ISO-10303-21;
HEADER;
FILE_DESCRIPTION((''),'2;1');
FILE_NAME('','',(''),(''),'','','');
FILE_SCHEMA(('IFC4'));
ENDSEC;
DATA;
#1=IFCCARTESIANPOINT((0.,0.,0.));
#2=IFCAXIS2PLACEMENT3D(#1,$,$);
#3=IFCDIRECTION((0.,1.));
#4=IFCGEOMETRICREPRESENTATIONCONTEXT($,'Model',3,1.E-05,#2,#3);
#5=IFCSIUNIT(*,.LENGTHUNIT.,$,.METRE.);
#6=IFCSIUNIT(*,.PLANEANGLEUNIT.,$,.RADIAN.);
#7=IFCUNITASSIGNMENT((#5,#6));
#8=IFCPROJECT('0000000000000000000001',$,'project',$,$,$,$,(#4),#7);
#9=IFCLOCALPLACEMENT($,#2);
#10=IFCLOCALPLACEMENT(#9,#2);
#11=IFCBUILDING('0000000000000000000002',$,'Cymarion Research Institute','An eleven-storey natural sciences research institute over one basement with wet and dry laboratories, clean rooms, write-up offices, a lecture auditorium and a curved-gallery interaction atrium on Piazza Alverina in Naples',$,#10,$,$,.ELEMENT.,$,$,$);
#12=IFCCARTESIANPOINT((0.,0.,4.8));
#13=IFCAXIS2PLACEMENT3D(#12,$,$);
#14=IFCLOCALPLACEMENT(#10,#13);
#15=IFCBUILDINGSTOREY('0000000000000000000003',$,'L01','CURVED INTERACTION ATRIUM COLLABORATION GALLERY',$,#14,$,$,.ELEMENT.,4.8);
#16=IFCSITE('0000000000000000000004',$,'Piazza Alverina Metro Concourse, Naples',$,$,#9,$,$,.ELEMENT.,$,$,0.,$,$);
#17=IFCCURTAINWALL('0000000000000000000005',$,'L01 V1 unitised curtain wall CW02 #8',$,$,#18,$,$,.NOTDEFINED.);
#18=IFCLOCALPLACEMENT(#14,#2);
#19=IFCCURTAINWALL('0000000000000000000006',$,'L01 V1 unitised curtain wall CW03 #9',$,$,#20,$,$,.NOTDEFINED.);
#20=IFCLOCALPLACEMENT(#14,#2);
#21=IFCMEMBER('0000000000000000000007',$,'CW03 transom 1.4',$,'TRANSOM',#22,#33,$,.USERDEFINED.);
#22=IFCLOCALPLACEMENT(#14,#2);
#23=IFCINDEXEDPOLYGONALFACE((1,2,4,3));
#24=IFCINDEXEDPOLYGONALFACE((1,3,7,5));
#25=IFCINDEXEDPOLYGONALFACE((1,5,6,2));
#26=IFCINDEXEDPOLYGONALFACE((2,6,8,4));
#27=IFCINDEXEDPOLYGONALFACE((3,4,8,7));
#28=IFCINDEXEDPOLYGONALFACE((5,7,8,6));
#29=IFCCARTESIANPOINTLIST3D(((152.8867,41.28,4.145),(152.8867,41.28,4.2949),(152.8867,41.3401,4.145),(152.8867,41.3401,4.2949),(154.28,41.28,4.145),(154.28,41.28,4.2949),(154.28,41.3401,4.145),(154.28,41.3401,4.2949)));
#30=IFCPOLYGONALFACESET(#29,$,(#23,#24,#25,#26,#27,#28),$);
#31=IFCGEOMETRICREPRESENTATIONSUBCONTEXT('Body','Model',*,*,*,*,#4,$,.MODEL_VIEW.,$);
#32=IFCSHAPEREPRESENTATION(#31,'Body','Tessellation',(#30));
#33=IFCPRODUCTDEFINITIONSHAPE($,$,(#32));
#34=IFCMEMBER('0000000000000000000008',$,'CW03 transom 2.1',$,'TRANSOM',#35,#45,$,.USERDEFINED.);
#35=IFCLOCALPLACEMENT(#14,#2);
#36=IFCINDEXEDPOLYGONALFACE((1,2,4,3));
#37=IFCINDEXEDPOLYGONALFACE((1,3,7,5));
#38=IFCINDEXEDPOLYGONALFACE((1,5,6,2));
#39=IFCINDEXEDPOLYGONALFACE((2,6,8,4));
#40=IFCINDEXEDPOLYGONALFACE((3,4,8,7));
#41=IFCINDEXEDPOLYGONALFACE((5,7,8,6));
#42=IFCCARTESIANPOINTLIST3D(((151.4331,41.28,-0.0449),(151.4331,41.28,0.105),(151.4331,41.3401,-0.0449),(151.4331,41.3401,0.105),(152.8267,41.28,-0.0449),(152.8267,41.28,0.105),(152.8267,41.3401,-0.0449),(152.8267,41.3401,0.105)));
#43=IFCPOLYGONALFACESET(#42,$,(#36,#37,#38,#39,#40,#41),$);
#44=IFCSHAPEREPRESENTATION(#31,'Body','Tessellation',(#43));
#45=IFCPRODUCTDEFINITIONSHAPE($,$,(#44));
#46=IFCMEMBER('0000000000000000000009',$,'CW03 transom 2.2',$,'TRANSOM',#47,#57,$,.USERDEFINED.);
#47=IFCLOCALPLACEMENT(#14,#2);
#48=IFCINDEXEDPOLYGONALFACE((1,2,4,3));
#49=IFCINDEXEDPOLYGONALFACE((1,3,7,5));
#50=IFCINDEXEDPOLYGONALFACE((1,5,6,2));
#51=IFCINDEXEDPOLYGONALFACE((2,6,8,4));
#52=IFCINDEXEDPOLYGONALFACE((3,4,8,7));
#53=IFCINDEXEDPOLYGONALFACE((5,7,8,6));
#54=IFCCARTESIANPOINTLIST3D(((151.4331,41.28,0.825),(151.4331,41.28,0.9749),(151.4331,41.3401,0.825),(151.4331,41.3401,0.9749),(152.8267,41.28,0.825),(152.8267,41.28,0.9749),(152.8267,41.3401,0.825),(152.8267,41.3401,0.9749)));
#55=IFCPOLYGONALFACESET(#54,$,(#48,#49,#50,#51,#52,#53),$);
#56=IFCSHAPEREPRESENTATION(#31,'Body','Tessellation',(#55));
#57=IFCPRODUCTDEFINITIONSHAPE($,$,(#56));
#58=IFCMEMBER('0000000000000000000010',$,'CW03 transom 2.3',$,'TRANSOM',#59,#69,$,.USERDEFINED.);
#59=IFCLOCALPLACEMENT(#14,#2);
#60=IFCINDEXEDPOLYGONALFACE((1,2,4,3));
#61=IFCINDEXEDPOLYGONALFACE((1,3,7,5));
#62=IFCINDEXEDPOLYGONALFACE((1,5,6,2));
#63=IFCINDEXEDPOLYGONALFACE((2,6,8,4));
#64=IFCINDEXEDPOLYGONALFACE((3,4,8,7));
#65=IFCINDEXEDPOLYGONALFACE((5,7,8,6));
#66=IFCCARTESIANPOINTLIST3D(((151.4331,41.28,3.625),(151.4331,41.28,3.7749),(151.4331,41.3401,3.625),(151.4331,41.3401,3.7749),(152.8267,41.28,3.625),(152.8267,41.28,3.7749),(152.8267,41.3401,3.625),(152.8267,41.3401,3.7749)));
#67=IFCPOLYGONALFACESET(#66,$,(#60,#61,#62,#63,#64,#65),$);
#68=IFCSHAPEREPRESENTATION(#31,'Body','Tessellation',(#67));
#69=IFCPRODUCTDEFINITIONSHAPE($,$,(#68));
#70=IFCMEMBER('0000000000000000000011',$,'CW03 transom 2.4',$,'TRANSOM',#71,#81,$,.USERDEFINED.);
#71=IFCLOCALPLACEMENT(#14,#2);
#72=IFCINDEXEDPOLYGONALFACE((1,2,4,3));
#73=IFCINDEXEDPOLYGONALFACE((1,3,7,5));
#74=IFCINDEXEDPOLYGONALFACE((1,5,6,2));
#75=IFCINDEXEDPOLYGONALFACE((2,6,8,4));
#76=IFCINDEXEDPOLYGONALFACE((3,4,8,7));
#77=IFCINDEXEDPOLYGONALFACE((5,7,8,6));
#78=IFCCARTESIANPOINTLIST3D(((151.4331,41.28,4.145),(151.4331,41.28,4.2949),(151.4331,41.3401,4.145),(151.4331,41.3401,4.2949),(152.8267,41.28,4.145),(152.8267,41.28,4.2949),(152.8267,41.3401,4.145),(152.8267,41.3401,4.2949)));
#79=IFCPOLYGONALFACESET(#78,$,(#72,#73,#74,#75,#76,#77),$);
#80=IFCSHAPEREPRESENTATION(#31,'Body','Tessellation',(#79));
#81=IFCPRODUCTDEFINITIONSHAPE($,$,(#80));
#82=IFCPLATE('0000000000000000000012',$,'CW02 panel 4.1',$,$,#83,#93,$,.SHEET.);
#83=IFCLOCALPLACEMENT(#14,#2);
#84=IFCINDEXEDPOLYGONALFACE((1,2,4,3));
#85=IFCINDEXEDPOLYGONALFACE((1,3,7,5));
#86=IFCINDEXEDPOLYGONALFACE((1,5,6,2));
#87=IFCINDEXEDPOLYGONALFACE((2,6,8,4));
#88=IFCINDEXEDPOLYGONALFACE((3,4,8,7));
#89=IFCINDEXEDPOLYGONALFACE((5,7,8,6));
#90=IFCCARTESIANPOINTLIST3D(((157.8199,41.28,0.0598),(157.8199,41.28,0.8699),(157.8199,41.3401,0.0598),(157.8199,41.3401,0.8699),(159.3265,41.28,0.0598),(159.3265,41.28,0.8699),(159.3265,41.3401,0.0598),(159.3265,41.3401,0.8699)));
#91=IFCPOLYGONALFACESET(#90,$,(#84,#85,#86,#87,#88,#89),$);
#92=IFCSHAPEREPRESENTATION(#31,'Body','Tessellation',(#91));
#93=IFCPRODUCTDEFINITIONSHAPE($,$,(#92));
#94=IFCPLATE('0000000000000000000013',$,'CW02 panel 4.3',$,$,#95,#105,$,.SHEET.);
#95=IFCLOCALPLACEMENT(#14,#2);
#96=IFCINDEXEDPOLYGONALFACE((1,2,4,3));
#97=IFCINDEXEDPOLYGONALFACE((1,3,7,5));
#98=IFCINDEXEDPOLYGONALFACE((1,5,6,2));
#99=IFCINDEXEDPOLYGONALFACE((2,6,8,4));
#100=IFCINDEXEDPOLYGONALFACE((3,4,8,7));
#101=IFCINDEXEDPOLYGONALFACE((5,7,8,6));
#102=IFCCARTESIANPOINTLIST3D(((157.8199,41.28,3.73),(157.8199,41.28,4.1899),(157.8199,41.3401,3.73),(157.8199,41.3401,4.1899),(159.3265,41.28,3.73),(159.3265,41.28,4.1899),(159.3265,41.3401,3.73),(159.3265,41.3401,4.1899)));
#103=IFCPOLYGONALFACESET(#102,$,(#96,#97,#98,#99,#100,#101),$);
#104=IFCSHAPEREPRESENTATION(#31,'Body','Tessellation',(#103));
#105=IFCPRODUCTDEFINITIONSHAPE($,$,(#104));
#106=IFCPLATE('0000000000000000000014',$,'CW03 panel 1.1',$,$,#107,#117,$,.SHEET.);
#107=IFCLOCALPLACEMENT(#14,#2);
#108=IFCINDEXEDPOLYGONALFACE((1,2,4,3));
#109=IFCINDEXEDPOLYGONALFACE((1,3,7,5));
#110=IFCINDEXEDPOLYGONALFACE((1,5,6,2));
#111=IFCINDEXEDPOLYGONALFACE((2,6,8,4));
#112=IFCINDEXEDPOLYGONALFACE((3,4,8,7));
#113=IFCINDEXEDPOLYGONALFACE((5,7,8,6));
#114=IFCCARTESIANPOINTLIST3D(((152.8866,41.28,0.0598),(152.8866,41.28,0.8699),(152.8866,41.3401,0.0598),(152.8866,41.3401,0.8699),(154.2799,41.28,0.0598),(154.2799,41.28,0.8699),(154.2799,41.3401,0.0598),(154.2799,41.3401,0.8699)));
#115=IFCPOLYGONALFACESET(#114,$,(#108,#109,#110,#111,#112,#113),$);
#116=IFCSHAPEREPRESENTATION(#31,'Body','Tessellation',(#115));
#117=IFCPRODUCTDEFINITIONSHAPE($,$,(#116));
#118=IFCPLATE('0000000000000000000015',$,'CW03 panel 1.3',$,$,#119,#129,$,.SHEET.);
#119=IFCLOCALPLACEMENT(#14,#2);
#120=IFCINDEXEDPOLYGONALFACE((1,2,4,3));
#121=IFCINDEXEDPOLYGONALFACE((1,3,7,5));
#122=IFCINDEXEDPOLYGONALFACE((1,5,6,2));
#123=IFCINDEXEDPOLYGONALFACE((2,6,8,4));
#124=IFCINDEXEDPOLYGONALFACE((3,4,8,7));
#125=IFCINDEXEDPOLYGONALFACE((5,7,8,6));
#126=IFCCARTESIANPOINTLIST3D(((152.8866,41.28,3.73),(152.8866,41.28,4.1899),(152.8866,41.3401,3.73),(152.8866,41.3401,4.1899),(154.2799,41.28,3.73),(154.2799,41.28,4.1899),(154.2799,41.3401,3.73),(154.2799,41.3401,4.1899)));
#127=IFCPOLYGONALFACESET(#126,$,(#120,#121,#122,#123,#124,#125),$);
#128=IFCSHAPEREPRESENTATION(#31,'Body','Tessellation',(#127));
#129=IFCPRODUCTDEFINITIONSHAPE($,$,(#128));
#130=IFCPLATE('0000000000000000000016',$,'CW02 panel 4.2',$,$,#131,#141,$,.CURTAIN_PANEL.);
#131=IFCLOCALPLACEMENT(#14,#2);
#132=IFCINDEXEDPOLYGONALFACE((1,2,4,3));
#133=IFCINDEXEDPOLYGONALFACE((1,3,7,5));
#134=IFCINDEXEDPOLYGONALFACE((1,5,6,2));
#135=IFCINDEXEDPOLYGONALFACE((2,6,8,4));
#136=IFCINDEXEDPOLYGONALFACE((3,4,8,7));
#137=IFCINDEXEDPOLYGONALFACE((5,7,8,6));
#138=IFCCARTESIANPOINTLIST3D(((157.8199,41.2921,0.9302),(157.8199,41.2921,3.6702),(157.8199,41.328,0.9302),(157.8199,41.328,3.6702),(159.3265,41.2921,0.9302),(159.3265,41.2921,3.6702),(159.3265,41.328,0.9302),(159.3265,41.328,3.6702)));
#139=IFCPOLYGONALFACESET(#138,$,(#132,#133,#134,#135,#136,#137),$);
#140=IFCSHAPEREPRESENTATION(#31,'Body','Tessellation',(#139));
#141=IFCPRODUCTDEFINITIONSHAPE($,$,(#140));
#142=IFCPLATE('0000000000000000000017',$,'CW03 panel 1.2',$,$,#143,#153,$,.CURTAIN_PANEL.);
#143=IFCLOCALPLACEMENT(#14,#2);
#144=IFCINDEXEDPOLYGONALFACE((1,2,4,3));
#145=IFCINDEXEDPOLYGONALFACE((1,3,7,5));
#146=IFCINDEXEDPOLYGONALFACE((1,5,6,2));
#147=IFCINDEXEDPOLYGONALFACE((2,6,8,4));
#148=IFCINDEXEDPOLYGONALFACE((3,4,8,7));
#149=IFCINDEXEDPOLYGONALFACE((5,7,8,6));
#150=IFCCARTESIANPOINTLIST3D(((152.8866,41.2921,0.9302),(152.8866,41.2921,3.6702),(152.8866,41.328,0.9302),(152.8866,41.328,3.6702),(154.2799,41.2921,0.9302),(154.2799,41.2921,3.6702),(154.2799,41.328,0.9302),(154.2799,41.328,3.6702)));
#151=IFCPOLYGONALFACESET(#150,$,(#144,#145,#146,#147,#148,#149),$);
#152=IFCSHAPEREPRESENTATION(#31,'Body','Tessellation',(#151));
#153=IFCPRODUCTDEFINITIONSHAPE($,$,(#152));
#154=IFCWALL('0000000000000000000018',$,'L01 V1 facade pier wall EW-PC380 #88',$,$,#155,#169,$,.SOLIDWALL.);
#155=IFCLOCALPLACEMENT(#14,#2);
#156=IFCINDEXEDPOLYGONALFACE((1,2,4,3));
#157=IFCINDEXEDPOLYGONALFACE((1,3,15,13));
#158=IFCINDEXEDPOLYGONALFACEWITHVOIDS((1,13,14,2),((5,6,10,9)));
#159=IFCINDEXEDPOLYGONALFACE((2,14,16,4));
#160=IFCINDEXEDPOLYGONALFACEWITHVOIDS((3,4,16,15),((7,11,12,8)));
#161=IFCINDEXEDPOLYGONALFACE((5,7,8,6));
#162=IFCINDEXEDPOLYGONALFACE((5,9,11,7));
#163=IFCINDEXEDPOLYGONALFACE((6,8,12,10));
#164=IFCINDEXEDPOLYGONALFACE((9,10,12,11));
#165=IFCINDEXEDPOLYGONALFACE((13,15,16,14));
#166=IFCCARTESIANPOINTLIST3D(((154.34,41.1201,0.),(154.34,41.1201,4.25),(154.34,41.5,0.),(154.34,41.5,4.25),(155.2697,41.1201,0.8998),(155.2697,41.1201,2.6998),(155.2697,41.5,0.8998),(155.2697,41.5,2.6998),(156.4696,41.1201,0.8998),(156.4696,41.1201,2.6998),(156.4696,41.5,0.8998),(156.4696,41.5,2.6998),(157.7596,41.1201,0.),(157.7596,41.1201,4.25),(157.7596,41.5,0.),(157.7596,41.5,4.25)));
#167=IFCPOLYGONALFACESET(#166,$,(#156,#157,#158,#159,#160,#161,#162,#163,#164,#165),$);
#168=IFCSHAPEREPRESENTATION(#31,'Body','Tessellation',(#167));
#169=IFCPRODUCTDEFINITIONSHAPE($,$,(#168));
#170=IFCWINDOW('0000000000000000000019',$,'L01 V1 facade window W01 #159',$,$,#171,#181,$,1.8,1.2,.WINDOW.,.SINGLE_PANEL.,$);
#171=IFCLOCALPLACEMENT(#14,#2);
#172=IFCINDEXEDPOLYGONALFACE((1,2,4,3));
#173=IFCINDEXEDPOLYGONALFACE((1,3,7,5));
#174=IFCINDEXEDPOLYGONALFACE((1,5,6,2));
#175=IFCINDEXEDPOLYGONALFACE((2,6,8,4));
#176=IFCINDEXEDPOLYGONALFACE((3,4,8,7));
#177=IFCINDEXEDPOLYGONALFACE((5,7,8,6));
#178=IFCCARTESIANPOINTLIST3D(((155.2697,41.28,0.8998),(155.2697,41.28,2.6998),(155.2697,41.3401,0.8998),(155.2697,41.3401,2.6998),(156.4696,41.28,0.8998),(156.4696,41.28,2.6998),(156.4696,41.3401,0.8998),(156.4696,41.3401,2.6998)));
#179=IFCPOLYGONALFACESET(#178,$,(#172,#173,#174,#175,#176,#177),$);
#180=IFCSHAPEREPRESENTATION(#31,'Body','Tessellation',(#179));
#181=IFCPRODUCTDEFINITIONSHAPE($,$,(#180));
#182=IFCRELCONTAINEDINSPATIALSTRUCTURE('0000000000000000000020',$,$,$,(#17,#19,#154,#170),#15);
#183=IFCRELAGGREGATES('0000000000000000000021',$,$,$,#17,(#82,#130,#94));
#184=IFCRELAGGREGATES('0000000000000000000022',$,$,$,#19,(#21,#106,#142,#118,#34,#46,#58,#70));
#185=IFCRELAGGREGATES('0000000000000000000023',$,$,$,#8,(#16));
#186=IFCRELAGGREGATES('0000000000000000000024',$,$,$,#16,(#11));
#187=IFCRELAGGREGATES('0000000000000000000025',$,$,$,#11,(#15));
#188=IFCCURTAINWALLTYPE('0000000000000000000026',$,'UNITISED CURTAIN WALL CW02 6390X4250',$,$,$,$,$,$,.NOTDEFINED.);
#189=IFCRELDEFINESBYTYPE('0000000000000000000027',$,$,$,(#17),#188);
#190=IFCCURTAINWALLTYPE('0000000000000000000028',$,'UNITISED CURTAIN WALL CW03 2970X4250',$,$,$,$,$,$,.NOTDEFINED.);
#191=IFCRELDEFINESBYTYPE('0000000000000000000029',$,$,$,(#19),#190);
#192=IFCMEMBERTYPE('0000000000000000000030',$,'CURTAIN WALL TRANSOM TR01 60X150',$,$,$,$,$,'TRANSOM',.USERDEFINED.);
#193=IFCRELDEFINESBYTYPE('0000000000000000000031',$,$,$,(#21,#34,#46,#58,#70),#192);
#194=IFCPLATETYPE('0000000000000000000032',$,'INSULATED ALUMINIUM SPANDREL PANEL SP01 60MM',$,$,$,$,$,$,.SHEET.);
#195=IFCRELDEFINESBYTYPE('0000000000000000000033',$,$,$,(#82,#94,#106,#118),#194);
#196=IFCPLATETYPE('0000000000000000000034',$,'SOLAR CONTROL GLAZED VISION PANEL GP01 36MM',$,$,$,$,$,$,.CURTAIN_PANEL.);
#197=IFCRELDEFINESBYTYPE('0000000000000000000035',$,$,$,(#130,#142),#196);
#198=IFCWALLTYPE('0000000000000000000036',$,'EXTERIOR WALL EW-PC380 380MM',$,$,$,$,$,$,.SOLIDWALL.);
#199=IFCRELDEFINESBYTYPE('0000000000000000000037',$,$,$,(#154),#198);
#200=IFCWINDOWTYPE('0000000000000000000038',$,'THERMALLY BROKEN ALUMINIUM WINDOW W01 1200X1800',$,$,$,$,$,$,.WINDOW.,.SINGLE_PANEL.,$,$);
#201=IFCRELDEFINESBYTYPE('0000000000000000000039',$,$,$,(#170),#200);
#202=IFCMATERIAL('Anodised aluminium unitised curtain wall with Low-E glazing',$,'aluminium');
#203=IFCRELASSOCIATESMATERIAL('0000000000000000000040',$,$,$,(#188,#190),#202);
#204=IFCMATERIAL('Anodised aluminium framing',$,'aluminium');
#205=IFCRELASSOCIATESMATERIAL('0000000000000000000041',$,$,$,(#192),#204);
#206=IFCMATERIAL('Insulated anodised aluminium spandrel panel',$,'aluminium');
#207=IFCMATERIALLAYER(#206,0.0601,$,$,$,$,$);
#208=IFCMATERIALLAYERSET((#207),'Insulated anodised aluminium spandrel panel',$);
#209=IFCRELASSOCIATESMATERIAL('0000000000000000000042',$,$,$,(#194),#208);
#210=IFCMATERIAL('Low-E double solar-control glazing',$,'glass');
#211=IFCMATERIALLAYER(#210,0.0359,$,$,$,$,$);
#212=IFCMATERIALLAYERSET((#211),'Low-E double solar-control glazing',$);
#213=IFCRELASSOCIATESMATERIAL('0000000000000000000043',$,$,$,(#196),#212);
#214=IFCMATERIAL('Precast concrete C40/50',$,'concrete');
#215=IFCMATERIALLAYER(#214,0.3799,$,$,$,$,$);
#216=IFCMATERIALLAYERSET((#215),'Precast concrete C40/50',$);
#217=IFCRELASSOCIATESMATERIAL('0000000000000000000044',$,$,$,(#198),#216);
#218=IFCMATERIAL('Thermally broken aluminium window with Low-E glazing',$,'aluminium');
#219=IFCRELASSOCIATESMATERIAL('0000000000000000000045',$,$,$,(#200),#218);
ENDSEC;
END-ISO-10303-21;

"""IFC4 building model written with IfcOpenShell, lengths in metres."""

from ifc_helpers import new_model, si_unit, direction, frame, frame_2d, origin, origin_2d, place, context, subcontext, project, spatial, rectangle, extrude, material, layer, layer_set, material_profile, profile_set, type_object, element, fill, aggregate, save


model = new_model("IFC4")

# Units and contexts
model_context = context("Model", 3, precision=1e-05, world=origin(), true_north=direction((0.0, 1.0)))
body_context = subcontext(model_context, "Body", "Model", "MODEL_VIEW")
ifc_project = project(units=[si_unit("LENGTHUNIT", "METRE"), si_unit("PLANEANGLEUNIT", "RADIAN")], contexts=[model_context])

# Site, building, storey
site_placement = place(None, origin())
site = spatial("IfcSite", under=ifc_project, at=site_placement, Name="Piazza Alverina Metro Concourse, Naples", CompositionType="ELEMENT", RefElevation=0.0)
building_placement = place(site_placement, origin())
building = spatial("IfcBuilding", under=site, at=building_placement, Name="Cymarion Research Institute", Description="An eleven-storey natural sciences research institute over one basement with wet and dry laboratories, clean rooms, write-up offices, a lecture auditorium and a curved-gallery interaction atrium on Piazza Alverina in Naples", CompositionType="ELEMENT")
storey_placement = place(building_placement, frame((0.0, 0.0, 4.8)))
storey = spatial("IfcBuildingStorey", under=building, at=storey_placement, Name="L01", Description="CURVED INTERACTION ATRIUM COLLABORATION GALLERY", CompositionType="ELEMENT", Elevation=4.8)

# Curtain walls
ifc_material_1 = material(Name="Anodised aluminium unitised curtain wall with Low-E glazing", Category="aluminium")
curtain_wall_type_1 = type_object("IfcCurtainWallType", Name="UNITISED CURTAIN WALL CW02 6390X4250", PredefinedType="NOTDEFINED", material=ifc_material_1)
curtain_wall_1_placement = place(storey_placement, origin())
curtain_wall_1 = element("IfcCurtainWall", 1, at=curtain_wall_1_placement, inside=storey, type_object=curtain_wall_type_1, Name="L01 V1 unitised curtain wall CW02 #8", PredefinedType="NOTDEFINED")
ifc_material_2 = material(Name="Anodised aluminium framing", Category="aluminium")
curtain_wall_type_2 = type_object("IfcCurtainWallType", Name="UNITISED CURTAIN WALL CW03 2970X4250", PredefinedType="NOTDEFINED", material=ifc_material_1)
curtain_wall_2_placement = place(storey_placement, origin())
curtain_wall_2 = element("IfcCurtainWall", 2, at=curtain_wall_2_placement, inside=storey, type_object=curtain_wall_type_2, Name="L01 V1 unitised curtain wall CW03 #9", PredefinedType="NOTDEFINED")

# Members
ifc_material_profile_1 = material_profile(ifc_material_2, rectangle(XDim=0.0601, YDim=0.1499, at=origin_2d()), Name="ALU TRANSOM 60x150")
ifc_profile_set_1 = profile_set([ifc_material_profile_1], Name="Anodised aluminium framing")
member_type_1 = type_object("IfcMemberType", Name="CURTAIN WALL TRANSOM TR01 60X150", ElementType="TRANSOM", PredefinedType="USERDEFINED", material=ifc_profile_set_1)
member_1_placement = place(storey_placement, frame((154.28, 41.3101, 4.22), z_axis=(-1.0, 0.0, 0.0), x_axis=(0.0, -1.0, 0.0)))
member_1 = element("IfcMember", 3, at=member_1_placement, type_object=member_type_1, Name="CW03 transom 1.4", ObjectType="TRANSOM", PredefinedType="USERDEFINED", context=body_context, shape_type="SweptSolid", body=[
    extrude(rectangle(XDim=0.0601, YDim=0.1499, at=origin_2d()), origin(), (0.0, 0.0, 1.0), 1.3933),
])
member_2_placement = place(storey_placement, frame((152.8267, 41.3101, 0.03), z_axis=(-1.0, 0.0, 0.0), x_axis=(0.0, -1.0, 0.0)))
member_2 = element("IfcMember", 4, at=member_2_placement, type_object=member_type_1, Name="CW03 transom 2.1", ObjectType="TRANSOM", PredefinedType="USERDEFINED", context=body_context, shape_type="SweptSolid", body=[
    extrude(rectangle(XDim=0.0601, YDim=0.1499, at=origin_2d()), origin(), (0.0, 0.0, 1.0), 1.3936),
])
member_3_placement = place(storey_placement, frame((152.8267, 41.3101, 0.8999), z_axis=(-1.0, 0.0, 0.0), x_axis=(0.0, -1.0, 0.0)))
member_3 = element("IfcMember", 5, at=member_3_placement, type_object=member_type_1, Name="CW03 transom 2.2", ObjectType="TRANSOM", PredefinedType="USERDEFINED", context=body_context, shape_type="SweptSolid", body=[
    extrude(rectangle(XDim=0.0601, YDim=0.1499, at=origin_2d()), origin(), (0.0, 0.0, 1.0), 1.3936),
])
member_4_placement = place(storey_placement, frame((152.8267, 41.3101, 3.7), z_axis=(-1.0, 0.0, 0.0), x_axis=(0.0, -1.0, 0.0)))
member_4 = element("IfcMember", 6, at=member_4_placement, type_object=member_type_1, Name="CW03 transom 2.3", ObjectType="TRANSOM", PredefinedType="USERDEFINED", context=body_context, shape_type="SweptSolid", body=[
    extrude(rectangle(XDim=0.0601, YDim=0.1499, at=origin_2d()), origin(), (0.0, 0.0, 1.0), 1.3936),
])
member_5_placement = place(storey_placement, frame((152.8267, 41.3101, 4.22), z_axis=(-1.0, 0.0, 0.0), x_axis=(0.0, -1.0, 0.0)))
member_5 = element("IfcMember", 7, at=member_5_placement, type_object=member_type_1, Name="CW03 transom 2.4", ObjectType="TRANSOM", PredefinedType="USERDEFINED", context=body_context, shape_type="SweptSolid", body=[
    extrude(rectangle(XDim=0.0601, YDim=0.1499, at=origin_2d()), origin(), (0.0, 0.0, 1.0), 1.3936),
])

# Plates
ifc_material_3 = material(Name="Insulated anodised aluminium spandrel panel", Category="aluminium")
ifc_layer_1 = layer(ifc_material_3, 0.0601)
ifc_layer_set_1 = layer_set([ifc_layer_1], Name="Insulated anodised aluminium spandrel panel")
plate_type_1 = type_object("IfcPlateType", Name="INSULATED ALUMINIUM SPANDREL PANEL SP01 60MM", PredefinedType="SHEET", material=ifc_layer_set_1)
plate_1_placement = place(storey_placement, frame((158.5732, 41.3101, 0.0598), z_axis=(0.0, 0.0, 1.0), x_axis=(-1.0, 0.0, 0.0)))
plate_1 = element("IfcPlate", 8, at=plate_1_placement, type_object=plate_type_1, Name="CW02 panel 4.1", PredefinedType="SHEET", context=body_context, shape_type="SweptSolid", body=[
    extrude(rectangle(XDim=1.5066, YDim=0.0601, at=origin_2d()), origin(), (0.0, 0.0, 1.0), 0.8101),
])
plate_2_placement = place(storey_placement, frame((158.5732, 41.3101, 3.73), z_axis=(0.0, 0.0, 1.0), x_axis=(-1.0, 0.0, 0.0)))
plate_2 = element("IfcPlate", 9, at=plate_2_placement, type_object=plate_type_1, Name="CW02 panel 4.3", PredefinedType="SHEET", context=body_context, shape_type="SweptSolid", body=[
    extrude(rectangle(XDim=1.5066, YDim=0.0601, at=origin_2d()), origin(), (0.0, 0.0, 1.0), 0.46),
])
plate_3_placement = place(storey_placement, frame((153.5833, 41.3101, 0.0598), z_axis=(0.0, 0.0, 1.0), x_axis=(-1.0, 0.0, 0.0)))
plate_3 = element("IfcPlate", 10, at=plate_3_placement, type_object=plate_type_1, Name="CW03 panel 1.1", PredefinedType="SHEET", context=body_context, shape_type="SweptSolid", body=[
    extrude(rectangle(XDim=1.3933, YDim=0.0601, at=origin_2d()), origin(), (0.0, 0.0, 1.0), 0.8101),
])
plate_4_placement = place(storey_placement, frame((153.5833, 41.3101, 3.73), z_axis=(0.0, 0.0, 1.0), x_axis=(-1.0, 0.0, 0.0)))
plate_4 = element("IfcPlate", 11, at=plate_4_placement, type_object=plate_type_1, Name="CW03 panel 1.3", PredefinedType="SHEET", context=body_context, shape_type="SweptSolid", body=[
    extrude(rectangle(XDim=1.3933, YDim=0.0601, at=origin_2d()), origin(), (0.0, 0.0, 1.0), 0.46),
])
ifc_material_4 = material(Name="Low-E double solar-control glazing", Category="glass")
ifc_layer_2 = layer(ifc_material_4, 0.0359)
ifc_layer_set_2 = layer_set([ifc_layer_2], Name="Low-E double solar-control glazing")
plate_type_2 = type_object("IfcPlateType", Name="SOLAR CONTROL GLAZED VISION PANEL GP01 36MM", PredefinedType="CURTAIN_PANEL", material=ifc_layer_set_2)
plate_5_placement = place(storey_placement, frame((158.5732, 41.3101, 0.9302), z_axis=(0.0, 0.0, 1.0), x_axis=(-1.0, 0.0, 0.0)))
plate_5 = element("IfcPlate", 12, at=plate_5_placement, type_object=plate_type_2, Name="CW02 panel 4.2", PredefinedType="CURTAIN_PANEL", context=body_context, shape_type="SweptSolid", body=[
    extrude(rectangle(XDim=1.5066, YDim=0.0359, at=origin_2d()), origin(), (0.0, 0.0, 1.0), 2.74),
])
aggregate(curtain_wall_1, [plate_1, plate_5, plate_2])
plate_6_placement = place(storey_placement, frame((153.5833, 41.3101, 0.9302), z_axis=(0.0, 0.0, 1.0), x_axis=(-1.0, 0.0, 0.0)))
plate_6 = element("IfcPlate", 13, at=plate_6_placement, type_object=plate_type_2, Name="CW03 panel 1.2", PredefinedType="CURTAIN_PANEL", context=body_context, shape_type="SweptSolid", body=[
    extrude(rectangle(XDim=1.3933, YDim=0.0359, at=origin_2d()), origin(), (0.0, 0.0, 1.0), 2.74),
])
aggregate(curtain_wall_2, [member_1, plate_3, plate_6, plate_4, member_2, member_3, member_4, member_5])

# Wall, opening, window
ifc_material_5 = material(Name="Precast concrete C40/50", Category="concrete")
ifc_layer_3 = layer(ifc_material_5, 0.3799)
ifc_layer_set_3 = layer_set([ifc_layer_3], Name="Precast concrete C40/50")
wall_type = type_object("IfcWallType", Name="EXTERIOR WALL EW-PC380 380MM", PredefinedType="SOLIDWALL", material=ifc_layer_set_3)
wall_placement = place(storey_placement, frame((157.7598, 41.3101, 0.0), z_axis=(0.0, 0.0, 1.0), x_axis=(-1.0, 0.0, 0.0)))
wall = element("IfcWall", 14, at=wall_placement, inside=storey, type_object=wall_type, Name="L01 V1 facade pier wall EW-PC380 #88", PredefinedType="SOLIDWALL", context=body_context, shape_type="SweptSolid", body=[
    extrude(rectangle(XDim=3.4197, YDim=0.3799, at=frame_2d((1.71, 0.0))), origin(), (0.0, 0.0, 1.0), 4.25),
])
opening_placement = place(wall_placement, frame((1.29, 0.0, 0.8999)))
opening = element("IfcOpeningElement", 15, at=opening_placement, cuts=wall, PredefinedType="OPENING", context=body_context, shape_type="SweptSolid", body=[
    extrude(rectangle(XDim=1.2, YDim=1.8, at=frame_2d((0.6001, 0.8999))), frame((0.0, 0.2, 0.0), z_axis=(0.0, -1.0, 0.0), x_axis=(1.0, 0.0, 0.0)), (0.0, 0.0, 1.0), 0.3999),
])
ifc_material_6 = material(Name="Thermally broken aluminium window with Low-E glazing", Category="aluminium")
window_type = type_object("IfcWindowType", Name="THERMALLY BROKEN ALUMINIUM WINDOW W01 1200X1800", PartitioningType="SINGLE_PANEL", PredefinedType="WINDOW", material=ifc_material_6)
window_placement = place(opening_placement, origin())
window = element("IfcWindow", 16, at=window_placement, inside=storey, type_object=window_type, Name="L01 V1 facade window W01 #159", OverallHeight=1.8, OverallWidth=1.2, PartitioningType="SINGLE_PANEL", PredefinedType="WINDOW", context=body_context, shape_type="SweptSolid", body=[
    extrude(rectangle(XDim=1.2, YDim=1.8, at=frame_2d((0.6001, 0.8999))), frame((0.0, 0.03, 0.0), z_axis=(0.0, -1.0, 0.0), x_axis=(1.0, 0.0, 0.0)), (0.0, 0.0, 1.0), 0.0601),
])
fill(opening, window)

save(model, "model.ifc")
